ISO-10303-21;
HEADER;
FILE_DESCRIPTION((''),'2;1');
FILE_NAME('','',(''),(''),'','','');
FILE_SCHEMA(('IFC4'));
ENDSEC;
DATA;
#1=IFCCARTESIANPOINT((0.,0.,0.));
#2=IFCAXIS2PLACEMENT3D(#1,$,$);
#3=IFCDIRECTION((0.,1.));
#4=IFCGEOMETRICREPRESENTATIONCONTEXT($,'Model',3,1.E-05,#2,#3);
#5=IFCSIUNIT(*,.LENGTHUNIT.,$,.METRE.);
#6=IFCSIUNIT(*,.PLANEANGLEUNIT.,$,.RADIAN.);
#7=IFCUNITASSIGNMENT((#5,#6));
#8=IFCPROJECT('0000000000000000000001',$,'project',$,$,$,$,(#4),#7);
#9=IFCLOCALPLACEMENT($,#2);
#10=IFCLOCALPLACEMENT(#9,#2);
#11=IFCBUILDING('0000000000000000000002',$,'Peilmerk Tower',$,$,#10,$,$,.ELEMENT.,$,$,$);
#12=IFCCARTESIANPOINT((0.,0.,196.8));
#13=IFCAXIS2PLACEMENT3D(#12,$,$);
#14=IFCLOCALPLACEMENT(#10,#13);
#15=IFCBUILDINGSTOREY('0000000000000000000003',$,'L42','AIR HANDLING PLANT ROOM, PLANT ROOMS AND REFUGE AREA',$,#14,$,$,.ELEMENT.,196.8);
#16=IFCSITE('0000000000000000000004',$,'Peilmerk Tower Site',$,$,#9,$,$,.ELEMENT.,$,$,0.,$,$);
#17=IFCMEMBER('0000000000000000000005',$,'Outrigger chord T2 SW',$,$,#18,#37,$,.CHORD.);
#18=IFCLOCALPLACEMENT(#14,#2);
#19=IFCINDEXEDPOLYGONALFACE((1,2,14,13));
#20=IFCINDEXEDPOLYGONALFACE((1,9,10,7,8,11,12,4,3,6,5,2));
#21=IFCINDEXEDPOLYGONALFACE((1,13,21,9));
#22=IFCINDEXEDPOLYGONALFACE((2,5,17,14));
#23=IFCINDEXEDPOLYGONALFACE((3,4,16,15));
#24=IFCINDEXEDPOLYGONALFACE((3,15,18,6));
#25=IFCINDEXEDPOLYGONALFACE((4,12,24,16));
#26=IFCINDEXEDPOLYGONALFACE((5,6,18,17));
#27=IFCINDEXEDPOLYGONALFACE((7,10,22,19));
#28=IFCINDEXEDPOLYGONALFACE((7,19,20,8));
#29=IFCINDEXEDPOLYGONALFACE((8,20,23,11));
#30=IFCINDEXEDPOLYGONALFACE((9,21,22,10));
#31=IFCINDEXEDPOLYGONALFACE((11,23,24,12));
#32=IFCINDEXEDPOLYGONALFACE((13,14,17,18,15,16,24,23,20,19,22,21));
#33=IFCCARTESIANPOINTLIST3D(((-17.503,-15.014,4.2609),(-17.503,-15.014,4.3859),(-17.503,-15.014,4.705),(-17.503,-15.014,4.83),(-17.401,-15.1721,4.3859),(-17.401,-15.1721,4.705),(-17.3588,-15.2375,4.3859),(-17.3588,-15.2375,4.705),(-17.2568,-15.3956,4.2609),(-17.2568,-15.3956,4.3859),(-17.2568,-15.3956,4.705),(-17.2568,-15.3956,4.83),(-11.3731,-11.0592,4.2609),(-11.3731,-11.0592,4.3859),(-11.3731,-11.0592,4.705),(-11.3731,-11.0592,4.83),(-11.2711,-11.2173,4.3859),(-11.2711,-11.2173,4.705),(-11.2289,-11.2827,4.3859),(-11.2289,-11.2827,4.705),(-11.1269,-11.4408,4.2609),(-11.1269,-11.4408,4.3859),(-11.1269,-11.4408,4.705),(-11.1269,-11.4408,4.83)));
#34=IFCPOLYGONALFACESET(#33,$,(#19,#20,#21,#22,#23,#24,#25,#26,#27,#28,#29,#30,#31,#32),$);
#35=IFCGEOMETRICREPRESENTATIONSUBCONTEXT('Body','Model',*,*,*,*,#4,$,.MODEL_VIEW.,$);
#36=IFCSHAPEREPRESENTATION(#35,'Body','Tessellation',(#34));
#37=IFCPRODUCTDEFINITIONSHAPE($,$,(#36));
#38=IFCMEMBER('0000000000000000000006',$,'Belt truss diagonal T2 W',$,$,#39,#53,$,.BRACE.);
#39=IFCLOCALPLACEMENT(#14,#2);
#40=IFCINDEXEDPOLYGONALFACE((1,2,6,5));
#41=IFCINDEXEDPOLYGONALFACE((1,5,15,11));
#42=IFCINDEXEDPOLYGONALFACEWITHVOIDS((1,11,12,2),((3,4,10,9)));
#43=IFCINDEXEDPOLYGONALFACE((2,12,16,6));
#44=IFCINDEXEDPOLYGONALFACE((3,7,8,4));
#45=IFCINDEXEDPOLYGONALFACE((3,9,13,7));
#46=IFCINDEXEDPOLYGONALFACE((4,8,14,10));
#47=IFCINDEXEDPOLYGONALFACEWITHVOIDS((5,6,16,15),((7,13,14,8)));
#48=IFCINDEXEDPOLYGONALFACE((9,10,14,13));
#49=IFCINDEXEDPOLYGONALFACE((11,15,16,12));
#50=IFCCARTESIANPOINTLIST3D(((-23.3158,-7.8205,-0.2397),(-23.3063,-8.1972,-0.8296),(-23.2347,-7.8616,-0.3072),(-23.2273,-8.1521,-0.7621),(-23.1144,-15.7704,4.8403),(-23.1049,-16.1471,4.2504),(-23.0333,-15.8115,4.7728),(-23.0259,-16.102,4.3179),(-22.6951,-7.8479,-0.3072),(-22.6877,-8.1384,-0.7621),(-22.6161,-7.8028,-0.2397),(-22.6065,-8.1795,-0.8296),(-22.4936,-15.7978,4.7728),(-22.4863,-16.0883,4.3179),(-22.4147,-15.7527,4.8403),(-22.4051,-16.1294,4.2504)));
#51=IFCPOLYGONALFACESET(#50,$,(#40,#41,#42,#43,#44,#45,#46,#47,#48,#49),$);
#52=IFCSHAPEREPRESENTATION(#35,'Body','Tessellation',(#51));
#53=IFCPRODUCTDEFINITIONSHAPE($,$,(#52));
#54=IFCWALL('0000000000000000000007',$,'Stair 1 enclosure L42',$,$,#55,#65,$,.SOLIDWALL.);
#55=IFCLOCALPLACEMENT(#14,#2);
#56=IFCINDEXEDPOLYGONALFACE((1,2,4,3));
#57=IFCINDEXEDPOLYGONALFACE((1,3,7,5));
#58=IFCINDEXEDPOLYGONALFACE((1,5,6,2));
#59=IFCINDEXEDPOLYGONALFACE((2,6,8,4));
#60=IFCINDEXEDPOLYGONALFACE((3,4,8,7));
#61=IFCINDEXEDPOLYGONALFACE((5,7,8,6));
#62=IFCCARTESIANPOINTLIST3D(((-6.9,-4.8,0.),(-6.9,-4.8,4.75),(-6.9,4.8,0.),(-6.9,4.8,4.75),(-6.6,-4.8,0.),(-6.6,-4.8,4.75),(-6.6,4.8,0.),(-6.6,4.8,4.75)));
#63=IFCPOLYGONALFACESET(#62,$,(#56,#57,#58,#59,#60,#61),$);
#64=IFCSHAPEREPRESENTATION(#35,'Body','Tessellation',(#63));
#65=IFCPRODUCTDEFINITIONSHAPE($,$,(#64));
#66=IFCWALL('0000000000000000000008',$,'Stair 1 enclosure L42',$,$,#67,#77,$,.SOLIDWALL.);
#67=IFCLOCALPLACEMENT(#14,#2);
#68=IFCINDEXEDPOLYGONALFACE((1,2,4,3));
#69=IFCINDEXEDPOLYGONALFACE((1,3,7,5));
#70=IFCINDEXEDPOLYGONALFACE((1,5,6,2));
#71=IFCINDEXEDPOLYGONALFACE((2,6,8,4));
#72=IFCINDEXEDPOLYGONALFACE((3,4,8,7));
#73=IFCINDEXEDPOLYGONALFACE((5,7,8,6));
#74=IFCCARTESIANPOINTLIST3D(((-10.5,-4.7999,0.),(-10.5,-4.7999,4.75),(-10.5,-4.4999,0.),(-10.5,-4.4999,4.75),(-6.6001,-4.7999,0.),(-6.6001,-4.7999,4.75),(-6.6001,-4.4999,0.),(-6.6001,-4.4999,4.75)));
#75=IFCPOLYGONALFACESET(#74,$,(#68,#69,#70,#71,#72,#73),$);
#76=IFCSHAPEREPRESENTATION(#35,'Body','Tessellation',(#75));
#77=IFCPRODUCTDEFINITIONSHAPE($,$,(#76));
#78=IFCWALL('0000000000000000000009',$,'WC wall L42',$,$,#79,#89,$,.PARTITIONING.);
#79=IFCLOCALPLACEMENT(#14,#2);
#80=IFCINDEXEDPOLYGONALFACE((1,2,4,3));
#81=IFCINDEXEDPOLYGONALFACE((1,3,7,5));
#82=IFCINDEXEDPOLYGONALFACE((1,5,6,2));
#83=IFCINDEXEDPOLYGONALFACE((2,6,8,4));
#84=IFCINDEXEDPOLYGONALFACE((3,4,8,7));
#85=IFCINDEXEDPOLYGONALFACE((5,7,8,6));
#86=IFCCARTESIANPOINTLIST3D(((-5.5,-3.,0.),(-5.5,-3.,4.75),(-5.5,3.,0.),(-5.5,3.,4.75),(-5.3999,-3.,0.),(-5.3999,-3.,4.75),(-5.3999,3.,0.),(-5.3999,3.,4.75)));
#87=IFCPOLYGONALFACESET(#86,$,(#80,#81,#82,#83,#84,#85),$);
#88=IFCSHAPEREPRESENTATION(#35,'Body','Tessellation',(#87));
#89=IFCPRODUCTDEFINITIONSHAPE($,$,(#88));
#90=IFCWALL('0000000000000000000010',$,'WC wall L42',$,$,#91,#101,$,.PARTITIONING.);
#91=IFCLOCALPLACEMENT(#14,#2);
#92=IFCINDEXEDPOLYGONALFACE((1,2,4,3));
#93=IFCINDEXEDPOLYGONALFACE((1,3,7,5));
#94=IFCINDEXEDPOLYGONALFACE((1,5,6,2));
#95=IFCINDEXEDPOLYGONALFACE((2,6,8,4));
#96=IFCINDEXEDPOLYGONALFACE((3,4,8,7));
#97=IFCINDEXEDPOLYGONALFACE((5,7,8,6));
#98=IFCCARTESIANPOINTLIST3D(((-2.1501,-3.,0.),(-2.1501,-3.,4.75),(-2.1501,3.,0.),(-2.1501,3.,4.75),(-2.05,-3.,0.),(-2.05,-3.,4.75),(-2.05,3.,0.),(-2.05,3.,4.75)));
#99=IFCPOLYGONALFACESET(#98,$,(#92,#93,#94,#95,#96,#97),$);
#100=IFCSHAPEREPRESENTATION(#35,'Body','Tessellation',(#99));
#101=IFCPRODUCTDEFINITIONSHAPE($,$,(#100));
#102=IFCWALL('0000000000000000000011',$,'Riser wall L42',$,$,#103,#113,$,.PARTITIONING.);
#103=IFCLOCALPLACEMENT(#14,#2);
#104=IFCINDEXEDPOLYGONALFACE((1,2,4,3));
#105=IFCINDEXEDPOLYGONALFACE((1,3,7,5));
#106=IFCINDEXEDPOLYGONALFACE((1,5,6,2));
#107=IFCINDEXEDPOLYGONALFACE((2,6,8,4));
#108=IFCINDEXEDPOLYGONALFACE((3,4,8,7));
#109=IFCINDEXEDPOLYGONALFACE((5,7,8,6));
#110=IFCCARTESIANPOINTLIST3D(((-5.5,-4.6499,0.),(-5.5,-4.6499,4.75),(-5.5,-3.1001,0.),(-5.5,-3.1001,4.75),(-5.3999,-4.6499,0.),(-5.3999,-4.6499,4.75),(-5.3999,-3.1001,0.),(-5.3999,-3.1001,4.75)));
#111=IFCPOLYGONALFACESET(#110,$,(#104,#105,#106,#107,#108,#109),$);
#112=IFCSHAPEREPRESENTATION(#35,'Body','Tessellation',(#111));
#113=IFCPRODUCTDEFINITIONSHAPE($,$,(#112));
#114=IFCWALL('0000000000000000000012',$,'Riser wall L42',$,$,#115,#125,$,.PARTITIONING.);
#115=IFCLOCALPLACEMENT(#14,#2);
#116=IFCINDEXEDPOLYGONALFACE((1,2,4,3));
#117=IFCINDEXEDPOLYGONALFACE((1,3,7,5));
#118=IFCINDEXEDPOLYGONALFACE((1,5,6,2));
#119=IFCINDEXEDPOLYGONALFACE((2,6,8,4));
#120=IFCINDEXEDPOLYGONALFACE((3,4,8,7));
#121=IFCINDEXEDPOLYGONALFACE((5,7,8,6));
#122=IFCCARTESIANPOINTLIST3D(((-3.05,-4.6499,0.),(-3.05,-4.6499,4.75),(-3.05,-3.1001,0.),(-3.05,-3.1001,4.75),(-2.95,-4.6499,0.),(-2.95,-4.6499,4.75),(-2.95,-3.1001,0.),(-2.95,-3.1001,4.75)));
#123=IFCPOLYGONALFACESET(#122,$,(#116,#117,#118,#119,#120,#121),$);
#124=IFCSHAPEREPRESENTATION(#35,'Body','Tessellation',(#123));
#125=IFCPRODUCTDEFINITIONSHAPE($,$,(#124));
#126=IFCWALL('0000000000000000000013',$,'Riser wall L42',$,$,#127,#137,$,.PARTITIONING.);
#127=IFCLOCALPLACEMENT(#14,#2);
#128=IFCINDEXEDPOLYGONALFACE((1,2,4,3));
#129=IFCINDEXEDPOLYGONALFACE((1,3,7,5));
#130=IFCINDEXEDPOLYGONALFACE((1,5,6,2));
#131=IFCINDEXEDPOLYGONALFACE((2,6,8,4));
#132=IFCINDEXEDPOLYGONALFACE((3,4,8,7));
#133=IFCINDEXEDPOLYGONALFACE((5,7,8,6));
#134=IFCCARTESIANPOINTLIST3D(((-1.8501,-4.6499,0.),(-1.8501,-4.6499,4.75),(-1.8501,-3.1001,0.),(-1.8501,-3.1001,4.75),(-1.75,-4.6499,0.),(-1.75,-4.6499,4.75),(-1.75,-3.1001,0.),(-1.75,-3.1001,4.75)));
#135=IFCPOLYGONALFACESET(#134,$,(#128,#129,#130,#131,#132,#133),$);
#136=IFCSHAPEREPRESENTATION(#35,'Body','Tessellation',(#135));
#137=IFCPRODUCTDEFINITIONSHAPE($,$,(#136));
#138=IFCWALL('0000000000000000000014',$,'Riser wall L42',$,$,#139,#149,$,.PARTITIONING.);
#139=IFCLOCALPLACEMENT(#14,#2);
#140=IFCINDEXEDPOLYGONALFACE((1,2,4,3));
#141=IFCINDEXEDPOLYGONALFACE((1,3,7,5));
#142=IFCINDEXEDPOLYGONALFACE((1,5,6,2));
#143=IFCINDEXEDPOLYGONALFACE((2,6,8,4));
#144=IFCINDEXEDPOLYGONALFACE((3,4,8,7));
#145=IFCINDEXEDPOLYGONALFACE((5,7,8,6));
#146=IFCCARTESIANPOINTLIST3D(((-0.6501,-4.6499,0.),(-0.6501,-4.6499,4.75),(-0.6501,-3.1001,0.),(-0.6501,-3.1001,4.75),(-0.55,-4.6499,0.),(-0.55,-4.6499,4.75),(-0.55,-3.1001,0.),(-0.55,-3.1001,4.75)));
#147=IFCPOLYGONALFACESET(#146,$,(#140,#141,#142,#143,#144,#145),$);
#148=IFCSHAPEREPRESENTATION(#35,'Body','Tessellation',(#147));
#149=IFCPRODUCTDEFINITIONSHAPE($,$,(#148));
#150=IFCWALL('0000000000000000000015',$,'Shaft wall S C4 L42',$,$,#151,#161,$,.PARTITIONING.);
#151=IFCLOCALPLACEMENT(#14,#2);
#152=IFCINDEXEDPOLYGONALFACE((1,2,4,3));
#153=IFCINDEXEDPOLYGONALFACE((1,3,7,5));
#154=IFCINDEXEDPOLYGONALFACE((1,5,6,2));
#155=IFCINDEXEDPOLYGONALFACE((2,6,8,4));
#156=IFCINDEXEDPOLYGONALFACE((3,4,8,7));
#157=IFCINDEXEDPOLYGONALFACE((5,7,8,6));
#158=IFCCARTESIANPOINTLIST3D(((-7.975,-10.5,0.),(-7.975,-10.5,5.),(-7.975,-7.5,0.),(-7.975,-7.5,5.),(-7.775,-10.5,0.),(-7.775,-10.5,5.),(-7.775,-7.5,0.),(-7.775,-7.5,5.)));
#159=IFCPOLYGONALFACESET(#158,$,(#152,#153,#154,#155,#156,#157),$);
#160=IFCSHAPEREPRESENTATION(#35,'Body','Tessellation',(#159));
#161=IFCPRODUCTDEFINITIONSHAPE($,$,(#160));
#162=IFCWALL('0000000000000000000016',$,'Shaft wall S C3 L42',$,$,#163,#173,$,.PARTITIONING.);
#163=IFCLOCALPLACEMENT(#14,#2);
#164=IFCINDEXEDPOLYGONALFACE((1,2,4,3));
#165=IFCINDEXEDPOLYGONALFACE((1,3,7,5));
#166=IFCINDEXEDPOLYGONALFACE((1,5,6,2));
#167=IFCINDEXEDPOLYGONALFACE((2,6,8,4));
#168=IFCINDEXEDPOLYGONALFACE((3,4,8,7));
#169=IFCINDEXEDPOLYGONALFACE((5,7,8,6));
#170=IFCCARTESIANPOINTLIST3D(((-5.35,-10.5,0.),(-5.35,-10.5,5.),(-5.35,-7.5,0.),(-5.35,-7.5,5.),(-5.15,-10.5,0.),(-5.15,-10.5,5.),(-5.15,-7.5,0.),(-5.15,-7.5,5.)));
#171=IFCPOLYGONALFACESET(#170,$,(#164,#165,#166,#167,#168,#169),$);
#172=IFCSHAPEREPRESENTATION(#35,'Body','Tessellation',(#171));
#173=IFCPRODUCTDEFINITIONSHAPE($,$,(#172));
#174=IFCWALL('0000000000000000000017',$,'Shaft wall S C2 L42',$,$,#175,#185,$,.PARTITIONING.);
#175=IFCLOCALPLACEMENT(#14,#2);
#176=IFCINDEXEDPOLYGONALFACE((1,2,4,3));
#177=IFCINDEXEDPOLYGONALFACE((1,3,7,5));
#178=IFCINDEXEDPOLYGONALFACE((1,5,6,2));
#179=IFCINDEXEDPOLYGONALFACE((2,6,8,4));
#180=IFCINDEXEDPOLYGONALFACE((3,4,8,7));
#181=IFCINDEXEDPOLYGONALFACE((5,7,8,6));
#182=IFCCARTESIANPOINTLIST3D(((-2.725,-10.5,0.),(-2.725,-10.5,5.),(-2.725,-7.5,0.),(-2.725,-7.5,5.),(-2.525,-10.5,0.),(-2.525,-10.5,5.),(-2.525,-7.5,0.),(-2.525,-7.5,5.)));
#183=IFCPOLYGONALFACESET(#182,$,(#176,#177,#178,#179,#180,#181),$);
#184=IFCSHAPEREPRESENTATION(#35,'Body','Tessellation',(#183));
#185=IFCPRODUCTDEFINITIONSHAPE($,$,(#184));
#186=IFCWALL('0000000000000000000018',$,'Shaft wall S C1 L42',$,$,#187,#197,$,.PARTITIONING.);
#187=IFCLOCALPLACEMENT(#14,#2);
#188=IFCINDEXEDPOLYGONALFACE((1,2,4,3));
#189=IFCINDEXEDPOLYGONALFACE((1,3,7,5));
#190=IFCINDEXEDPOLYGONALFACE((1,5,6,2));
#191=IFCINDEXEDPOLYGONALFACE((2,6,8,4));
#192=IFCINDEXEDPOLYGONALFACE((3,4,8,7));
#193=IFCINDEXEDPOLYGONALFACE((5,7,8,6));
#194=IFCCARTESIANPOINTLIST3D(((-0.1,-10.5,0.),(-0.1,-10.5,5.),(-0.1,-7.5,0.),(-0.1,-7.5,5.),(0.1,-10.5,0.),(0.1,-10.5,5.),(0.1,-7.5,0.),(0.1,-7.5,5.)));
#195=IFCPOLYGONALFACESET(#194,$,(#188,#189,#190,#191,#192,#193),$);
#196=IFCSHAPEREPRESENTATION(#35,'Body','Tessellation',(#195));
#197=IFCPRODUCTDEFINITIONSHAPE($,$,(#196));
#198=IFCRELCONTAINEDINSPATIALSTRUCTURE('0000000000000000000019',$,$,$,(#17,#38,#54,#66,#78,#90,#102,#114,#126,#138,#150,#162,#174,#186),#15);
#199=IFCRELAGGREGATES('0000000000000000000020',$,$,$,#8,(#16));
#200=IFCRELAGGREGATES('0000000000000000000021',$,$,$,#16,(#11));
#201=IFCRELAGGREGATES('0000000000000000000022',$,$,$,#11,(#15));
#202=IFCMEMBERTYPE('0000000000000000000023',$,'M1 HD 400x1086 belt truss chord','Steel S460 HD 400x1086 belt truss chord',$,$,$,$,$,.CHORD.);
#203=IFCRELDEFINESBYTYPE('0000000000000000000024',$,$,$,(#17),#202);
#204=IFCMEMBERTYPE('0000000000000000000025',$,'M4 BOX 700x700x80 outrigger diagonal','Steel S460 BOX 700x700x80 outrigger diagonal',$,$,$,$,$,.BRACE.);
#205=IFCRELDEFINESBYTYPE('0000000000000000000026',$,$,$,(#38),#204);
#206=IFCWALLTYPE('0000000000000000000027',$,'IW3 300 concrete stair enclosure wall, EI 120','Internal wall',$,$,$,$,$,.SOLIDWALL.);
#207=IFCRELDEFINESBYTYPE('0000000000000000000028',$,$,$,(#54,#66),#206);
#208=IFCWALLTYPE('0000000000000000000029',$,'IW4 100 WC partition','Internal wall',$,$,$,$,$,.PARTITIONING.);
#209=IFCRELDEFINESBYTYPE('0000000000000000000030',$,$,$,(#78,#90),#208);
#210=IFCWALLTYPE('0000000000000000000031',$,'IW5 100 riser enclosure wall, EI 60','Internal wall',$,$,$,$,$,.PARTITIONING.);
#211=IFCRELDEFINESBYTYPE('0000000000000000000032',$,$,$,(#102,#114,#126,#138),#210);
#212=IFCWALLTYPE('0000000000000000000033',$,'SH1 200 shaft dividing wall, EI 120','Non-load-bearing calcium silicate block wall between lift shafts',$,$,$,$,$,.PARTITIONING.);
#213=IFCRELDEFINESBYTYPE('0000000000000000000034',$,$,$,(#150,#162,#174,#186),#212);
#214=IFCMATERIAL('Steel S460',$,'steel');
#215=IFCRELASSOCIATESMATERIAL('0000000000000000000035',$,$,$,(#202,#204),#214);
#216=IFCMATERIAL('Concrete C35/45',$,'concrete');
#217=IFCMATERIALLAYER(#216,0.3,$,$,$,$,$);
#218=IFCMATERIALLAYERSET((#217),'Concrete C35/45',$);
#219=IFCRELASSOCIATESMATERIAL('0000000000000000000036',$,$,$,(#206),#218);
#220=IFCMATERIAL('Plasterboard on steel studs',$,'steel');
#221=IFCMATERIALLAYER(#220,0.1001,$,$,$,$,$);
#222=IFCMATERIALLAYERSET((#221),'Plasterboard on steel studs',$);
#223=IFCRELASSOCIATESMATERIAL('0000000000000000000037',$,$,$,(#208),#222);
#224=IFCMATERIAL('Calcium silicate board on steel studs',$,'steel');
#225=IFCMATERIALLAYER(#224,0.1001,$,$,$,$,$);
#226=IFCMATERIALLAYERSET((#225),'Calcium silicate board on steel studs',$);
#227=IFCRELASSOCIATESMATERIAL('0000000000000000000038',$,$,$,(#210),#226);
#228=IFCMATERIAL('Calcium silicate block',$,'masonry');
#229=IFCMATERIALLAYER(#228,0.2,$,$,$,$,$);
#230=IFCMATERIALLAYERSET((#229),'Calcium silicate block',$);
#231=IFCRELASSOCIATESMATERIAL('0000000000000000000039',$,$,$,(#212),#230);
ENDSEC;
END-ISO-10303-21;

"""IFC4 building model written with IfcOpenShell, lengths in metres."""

from ifc_helpers import new_model, si_unit, direction, frame, frame_2d, origin, origin_2d, place, context, subcontext, project, spatial, rectangle, hollow_rectangle, i_section, extrude, material, layer, layer_set, material_profile, profile_set, type_object, element, save


model = new_model("IFC4")

# Units and contexts
model_context = context("Model", 3, precision=1e-05, world=origin(), true_north=direction((0.0, 1.0)))
body_context = subcontext(model_context, "Body", "Model", "MODEL_VIEW")
ifc_project = project(units=[si_unit("LENGTHUNIT", "METRE"), si_unit("PLANEANGLEUNIT", "RADIAN")], contexts=[model_context])

# Site, building, storey
site_placement = place(None, origin())
site = spatial("IfcSite", under=ifc_project, at=site_placement, Name="Peilmerk Tower Site", CompositionType="ELEMENT", RefElevation=0.0)
building_placement = place(site_placement, origin())
building = spatial("IfcBuilding", under=site, at=building_placement, Name="Peilmerk Tower", CompositionType="ELEMENT")
storey_placement = place(building_placement, frame((0.0, 0.0, 196.8)))
storey = spatial("IfcBuildingStorey", under=building, at=storey_placement, Name="L42", Description="AIR HANDLING PLANT ROOM, PLANT ROOMS AND REFUGE AREA", CompositionType="ELEMENT", Elevation=196.8)

# Shared definitions
ifc_material_1 = material(Name="Steel S460", Category="steel")

# Members
ifc_material_profile_1 = material_profile(ifc_material_1, i_section(OverallWidth=0.4541, OverallDepth=0.5691, WebThickness=0.0779, FlangeThickness=0.125, at=origin_2d()), Name="HD 400x1086")
ifc_profile_set_1 = profile_set([ifc_material_profile_1], Name="Steel S460")
member_type_1 = type_object("IfcMemberType", Name="M1 HD 400x1086 belt truss chord", Description="Steel S460 HD 400x1086 belt truss chord", PredefinedType="CHORD", material=ifc_profile_set_1)
member_1_placement = place(storey_placement, frame((-11.25, -11.25, 4.5454), z_axis=(-0.840292, -0.542134, 0.0), x_axis=(0.542134, -0.840292, 0.0)))
element("IfcMember", 1, at=member_1_placement, inside=storey, type_object=member_type_1, Name="Outrigger chord T2 SW", PredefinedType="CHORD", context=body_context, shape_type="SweptSolid", body=[
    extrude(i_section(OverallWidth=0.4541, OverallDepth=0.5691, WebThickness=0.0779, FlangeThickness=0.125, at=origin_2d()), origin(), (0.0, 0.0, 1.0), 7.2949),
])
ifc_material_profile_2 = material_profile(ifc_material_1, hollow_rectangle(XDim=0.7, YDim=0.7, WallThickness=0.0801, at=origin_2d()), Name="BOX 700x700x80")
ifc_profile_set_2 = profile_set([ifc_material_profile_2], Name="Steel S460")
member_type_2 = type_object("IfcMemberType", Name="M4 BOX 700x700x80 outrigger diagonal", Description="Steel S460 BOX 700x700x80 outrigger diagonal", PredefinedType="BRACE", material=ifc_profile_set_2)
member_2_placement = place(storey_placement, frame((-22.9612, -8.0, -0.5347), z_axis=(0.021344, -0.842459, 0.538338), x_axis=(0.999679, 0.025327, 0.0)))
element("IfcMember", 2, at=member_2_placement, inside=storey, type_object=member_type_2, Name="Belt truss diagonal T2 W", PredefinedType="BRACE", context=body_context, shape_type="SweptSolid", body=[
    extrude(hollow_rectangle(XDim=0.7, YDim=0.7, WallThickness=0.0801, at=origin_2d()), origin(), (0.0, 0.0, 1.0), 9.4365),
])

# Walls
ifc_material_2 = material(Name="Concrete C35/45", Category="concrete")
ifc_layer_1 = layer(ifc_material_2, 0.3)
ifc_layer_set_1 = layer_set([ifc_layer_1], Name="Concrete C35/45")
wall_type_1 = type_object("IfcWallType", Name="IW3 300 concrete stair enclosure wall, EI 120", Description="Internal wall", PredefinedType="SOLIDWALL", material=ifc_layer_set_1)
wall_1_placement = place(storey_placement, frame((-6.75, -4.8, 0.0), z_axis=(0.0, 0.0, 1.0), x_axis=(0.0, 1.0, 0.0)))
element("IfcWall", 3, at=wall_1_placement, inside=storey, type_object=wall_type_1, Name="Stair 1 enclosure L42", PredefinedType="SOLIDWALL", context=body_context, shape_type="SweptSolid", body=[
    extrude(rectangle(XDim=9.6001, YDim=0.3, at=frame_2d((4.8, 0.0))), origin(), (0.0, 0.0, 1.0), 4.75),
])
wall_2_placement = place(storey_placement, frame((-6.6001, -4.6499, 0.0), z_axis=(0.0, 0.0, 1.0), x_axis=(-1.0, 0.0, 0.0)))
element("IfcWall", 4, at=wall_2_placement, inside=storey, type_object=wall_type_1, Name="Stair 1 enclosure L42", PredefinedType="SOLIDWALL", context=body_context, shape_type="SweptSolid", body=[
    extrude(rectangle(XDim=3.8999, YDim=0.3, at=frame_2d((1.95, 0.0))), origin(), (0.0, 0.0, 1.0), 4.75),
])
ifc_material_3 = material(Name="Plasterboard on steel studs", Category="steel")
ifc_layer_2 = layer(ifc_material_3, 0.1001)
ifc_layer_set_2 = layer_set([ifc_layer_2], Name="Plasterboard on steel studs")
wall_type_2 = type_object("IfcWallType", Name="IW4 100 WC partition", Description="Internal wall", PredefinedType="PARTITIONING", material=ifc_layer_set_2)
for number, where, z_axis, x_axis, name in (
    (5, (-5.45, -3.0, 0.0), (0.0, 0.0, 1.0), (0.0, 1.0, 0.0), "WC wall L42"),
    (6, (-2.1001, -3.0, 0.0), (0.0, 0.0, 1.0), (0.0, 1.0, 0.0), "WC wall L42"),
):
    element("IfcWall", number, at=place(storey_placement, frame(where, z_axis=z_axis, x_axis=x_axis)), inside=storey, type_object=wall_type_2, Name=name, PredefinedType="PARTITIONING", context=body_context, shape_type="SweptSolid", body=[
        extrude(rectangle(XDim=6.0, YDim=0.1001, at=frame_2d((3.0, 0.0))), origin(), (0.0, 0.0, 1.0), 4.75),
    ])
ifc_material_4 = material(Name="Calcium silicate board on steel studs", Category="steel")
ifc_layer_3 = layer(ifc_material_4, 0.1001)
ifc_layer_set_3 = layer_set([ifc_layer_3], Name="Calcium silicate board on steel studs")
wall_type_3 = type_object("IfcWallType", Name="IW5 100 riser enclosure wall, EI 60", Description="Internal wall", PredefinedType="PARTITIONING", material=ifc_layer_set_3)
for number, where, z_axis, x_axis, name in (
    (7, (-5.45, -3.1001, 0.0), (0.0, 0.0, 1.0), (0.0, -1.0, 0.0), "Riser wall L42"),
    (8, (-3.0, -3.1001, 0.0), (0.0, 0.0, 1.0), (0.0, -1.0, 0.0), "Riser wall L42"),
    (9, (-1.8, -3.1001, 0.0), (0.0, 0.0, 1.0), (0.0, -1.0, 0.0), "Riser wall L42"),
    (10, (-0.6001, -3.1001, 0.0), (0.0, 0.0, 1.0), (0.0, -1.0, 0.0), "Riser wall L42"),
):
    element("IfcWall", number, at=place(storey_placement, frame(where, z_axis=z_axis, x_axis=x_axis)), inside=storey, type_object=wall_type_3, Name=name, PredefinedType="PARTITIONING", context=body_context, shape_type="SweptSolid", body=[
        extrude(rectangle(XDim=1.5498, YDim=0.1001, at=frame_2d((0.7749, 0.0))), origin(), (0.0, 0.0, 1.0), 4.75),
    ])
ifc_material_5 = material(Name="Calcium silicate block", Category="masonry")
ifc_layer_4 = layer(ifc_material_5, 0.2)
ifc_layer_set_4 = layer_set([ifc_layer_4], Name="Calcium silicate block")
wall_type_4 = type_object("IfcWallType", Name="SH1 200 shaft dividing wall, EI 120", Description="Non-load-bearing calcium silicate block wall between lift shafts", PredefinedType="PARTITIONING", material=ifc_layer_set_4)
for number, where, z_axis, x_axis, name in (
    (11, (-7.875, -10.5, 0.0), (0.0, 0.0, 1.0), (0.0, 1.0, 0.0), "Shaft wall S C4 L42"),
    (12, (-5.25, -10.5, 0.0), (0.0, 0.0, 1.0), (0.0, 1.0, 0.0), "Shaft wall S C3 L42"),
    (13, (-2.625, -10.5, 0.0), (0.0, 0.0, 1.0), (0.0, 1.0, 0.0), "Shaft wall S C2 L42"),
    (14, (0.0, -10.5, 0.0), (0.0, 0.0, 1.0), (0.0, 1.0, 0.0), "Shaft wall S C1 L42"),
):
    element("IfcWall", number, at=place(storey_placement, frame(where, z_axis=z_axis, x_axis=x_axis)), inside=storey, type_object=wall_type_4, Name=name, PredefinedType="PARTITIONING", context=body_context, shape_type="SweptSolid", body=[
        extrude(rectangle(XDim=3.0, YDim=0.2, at=frame_2d((1.5, 0.0))), origin(), (0.0, 0.0, 1.0), 5.0),
    ])

save(model, "model.ifc")
